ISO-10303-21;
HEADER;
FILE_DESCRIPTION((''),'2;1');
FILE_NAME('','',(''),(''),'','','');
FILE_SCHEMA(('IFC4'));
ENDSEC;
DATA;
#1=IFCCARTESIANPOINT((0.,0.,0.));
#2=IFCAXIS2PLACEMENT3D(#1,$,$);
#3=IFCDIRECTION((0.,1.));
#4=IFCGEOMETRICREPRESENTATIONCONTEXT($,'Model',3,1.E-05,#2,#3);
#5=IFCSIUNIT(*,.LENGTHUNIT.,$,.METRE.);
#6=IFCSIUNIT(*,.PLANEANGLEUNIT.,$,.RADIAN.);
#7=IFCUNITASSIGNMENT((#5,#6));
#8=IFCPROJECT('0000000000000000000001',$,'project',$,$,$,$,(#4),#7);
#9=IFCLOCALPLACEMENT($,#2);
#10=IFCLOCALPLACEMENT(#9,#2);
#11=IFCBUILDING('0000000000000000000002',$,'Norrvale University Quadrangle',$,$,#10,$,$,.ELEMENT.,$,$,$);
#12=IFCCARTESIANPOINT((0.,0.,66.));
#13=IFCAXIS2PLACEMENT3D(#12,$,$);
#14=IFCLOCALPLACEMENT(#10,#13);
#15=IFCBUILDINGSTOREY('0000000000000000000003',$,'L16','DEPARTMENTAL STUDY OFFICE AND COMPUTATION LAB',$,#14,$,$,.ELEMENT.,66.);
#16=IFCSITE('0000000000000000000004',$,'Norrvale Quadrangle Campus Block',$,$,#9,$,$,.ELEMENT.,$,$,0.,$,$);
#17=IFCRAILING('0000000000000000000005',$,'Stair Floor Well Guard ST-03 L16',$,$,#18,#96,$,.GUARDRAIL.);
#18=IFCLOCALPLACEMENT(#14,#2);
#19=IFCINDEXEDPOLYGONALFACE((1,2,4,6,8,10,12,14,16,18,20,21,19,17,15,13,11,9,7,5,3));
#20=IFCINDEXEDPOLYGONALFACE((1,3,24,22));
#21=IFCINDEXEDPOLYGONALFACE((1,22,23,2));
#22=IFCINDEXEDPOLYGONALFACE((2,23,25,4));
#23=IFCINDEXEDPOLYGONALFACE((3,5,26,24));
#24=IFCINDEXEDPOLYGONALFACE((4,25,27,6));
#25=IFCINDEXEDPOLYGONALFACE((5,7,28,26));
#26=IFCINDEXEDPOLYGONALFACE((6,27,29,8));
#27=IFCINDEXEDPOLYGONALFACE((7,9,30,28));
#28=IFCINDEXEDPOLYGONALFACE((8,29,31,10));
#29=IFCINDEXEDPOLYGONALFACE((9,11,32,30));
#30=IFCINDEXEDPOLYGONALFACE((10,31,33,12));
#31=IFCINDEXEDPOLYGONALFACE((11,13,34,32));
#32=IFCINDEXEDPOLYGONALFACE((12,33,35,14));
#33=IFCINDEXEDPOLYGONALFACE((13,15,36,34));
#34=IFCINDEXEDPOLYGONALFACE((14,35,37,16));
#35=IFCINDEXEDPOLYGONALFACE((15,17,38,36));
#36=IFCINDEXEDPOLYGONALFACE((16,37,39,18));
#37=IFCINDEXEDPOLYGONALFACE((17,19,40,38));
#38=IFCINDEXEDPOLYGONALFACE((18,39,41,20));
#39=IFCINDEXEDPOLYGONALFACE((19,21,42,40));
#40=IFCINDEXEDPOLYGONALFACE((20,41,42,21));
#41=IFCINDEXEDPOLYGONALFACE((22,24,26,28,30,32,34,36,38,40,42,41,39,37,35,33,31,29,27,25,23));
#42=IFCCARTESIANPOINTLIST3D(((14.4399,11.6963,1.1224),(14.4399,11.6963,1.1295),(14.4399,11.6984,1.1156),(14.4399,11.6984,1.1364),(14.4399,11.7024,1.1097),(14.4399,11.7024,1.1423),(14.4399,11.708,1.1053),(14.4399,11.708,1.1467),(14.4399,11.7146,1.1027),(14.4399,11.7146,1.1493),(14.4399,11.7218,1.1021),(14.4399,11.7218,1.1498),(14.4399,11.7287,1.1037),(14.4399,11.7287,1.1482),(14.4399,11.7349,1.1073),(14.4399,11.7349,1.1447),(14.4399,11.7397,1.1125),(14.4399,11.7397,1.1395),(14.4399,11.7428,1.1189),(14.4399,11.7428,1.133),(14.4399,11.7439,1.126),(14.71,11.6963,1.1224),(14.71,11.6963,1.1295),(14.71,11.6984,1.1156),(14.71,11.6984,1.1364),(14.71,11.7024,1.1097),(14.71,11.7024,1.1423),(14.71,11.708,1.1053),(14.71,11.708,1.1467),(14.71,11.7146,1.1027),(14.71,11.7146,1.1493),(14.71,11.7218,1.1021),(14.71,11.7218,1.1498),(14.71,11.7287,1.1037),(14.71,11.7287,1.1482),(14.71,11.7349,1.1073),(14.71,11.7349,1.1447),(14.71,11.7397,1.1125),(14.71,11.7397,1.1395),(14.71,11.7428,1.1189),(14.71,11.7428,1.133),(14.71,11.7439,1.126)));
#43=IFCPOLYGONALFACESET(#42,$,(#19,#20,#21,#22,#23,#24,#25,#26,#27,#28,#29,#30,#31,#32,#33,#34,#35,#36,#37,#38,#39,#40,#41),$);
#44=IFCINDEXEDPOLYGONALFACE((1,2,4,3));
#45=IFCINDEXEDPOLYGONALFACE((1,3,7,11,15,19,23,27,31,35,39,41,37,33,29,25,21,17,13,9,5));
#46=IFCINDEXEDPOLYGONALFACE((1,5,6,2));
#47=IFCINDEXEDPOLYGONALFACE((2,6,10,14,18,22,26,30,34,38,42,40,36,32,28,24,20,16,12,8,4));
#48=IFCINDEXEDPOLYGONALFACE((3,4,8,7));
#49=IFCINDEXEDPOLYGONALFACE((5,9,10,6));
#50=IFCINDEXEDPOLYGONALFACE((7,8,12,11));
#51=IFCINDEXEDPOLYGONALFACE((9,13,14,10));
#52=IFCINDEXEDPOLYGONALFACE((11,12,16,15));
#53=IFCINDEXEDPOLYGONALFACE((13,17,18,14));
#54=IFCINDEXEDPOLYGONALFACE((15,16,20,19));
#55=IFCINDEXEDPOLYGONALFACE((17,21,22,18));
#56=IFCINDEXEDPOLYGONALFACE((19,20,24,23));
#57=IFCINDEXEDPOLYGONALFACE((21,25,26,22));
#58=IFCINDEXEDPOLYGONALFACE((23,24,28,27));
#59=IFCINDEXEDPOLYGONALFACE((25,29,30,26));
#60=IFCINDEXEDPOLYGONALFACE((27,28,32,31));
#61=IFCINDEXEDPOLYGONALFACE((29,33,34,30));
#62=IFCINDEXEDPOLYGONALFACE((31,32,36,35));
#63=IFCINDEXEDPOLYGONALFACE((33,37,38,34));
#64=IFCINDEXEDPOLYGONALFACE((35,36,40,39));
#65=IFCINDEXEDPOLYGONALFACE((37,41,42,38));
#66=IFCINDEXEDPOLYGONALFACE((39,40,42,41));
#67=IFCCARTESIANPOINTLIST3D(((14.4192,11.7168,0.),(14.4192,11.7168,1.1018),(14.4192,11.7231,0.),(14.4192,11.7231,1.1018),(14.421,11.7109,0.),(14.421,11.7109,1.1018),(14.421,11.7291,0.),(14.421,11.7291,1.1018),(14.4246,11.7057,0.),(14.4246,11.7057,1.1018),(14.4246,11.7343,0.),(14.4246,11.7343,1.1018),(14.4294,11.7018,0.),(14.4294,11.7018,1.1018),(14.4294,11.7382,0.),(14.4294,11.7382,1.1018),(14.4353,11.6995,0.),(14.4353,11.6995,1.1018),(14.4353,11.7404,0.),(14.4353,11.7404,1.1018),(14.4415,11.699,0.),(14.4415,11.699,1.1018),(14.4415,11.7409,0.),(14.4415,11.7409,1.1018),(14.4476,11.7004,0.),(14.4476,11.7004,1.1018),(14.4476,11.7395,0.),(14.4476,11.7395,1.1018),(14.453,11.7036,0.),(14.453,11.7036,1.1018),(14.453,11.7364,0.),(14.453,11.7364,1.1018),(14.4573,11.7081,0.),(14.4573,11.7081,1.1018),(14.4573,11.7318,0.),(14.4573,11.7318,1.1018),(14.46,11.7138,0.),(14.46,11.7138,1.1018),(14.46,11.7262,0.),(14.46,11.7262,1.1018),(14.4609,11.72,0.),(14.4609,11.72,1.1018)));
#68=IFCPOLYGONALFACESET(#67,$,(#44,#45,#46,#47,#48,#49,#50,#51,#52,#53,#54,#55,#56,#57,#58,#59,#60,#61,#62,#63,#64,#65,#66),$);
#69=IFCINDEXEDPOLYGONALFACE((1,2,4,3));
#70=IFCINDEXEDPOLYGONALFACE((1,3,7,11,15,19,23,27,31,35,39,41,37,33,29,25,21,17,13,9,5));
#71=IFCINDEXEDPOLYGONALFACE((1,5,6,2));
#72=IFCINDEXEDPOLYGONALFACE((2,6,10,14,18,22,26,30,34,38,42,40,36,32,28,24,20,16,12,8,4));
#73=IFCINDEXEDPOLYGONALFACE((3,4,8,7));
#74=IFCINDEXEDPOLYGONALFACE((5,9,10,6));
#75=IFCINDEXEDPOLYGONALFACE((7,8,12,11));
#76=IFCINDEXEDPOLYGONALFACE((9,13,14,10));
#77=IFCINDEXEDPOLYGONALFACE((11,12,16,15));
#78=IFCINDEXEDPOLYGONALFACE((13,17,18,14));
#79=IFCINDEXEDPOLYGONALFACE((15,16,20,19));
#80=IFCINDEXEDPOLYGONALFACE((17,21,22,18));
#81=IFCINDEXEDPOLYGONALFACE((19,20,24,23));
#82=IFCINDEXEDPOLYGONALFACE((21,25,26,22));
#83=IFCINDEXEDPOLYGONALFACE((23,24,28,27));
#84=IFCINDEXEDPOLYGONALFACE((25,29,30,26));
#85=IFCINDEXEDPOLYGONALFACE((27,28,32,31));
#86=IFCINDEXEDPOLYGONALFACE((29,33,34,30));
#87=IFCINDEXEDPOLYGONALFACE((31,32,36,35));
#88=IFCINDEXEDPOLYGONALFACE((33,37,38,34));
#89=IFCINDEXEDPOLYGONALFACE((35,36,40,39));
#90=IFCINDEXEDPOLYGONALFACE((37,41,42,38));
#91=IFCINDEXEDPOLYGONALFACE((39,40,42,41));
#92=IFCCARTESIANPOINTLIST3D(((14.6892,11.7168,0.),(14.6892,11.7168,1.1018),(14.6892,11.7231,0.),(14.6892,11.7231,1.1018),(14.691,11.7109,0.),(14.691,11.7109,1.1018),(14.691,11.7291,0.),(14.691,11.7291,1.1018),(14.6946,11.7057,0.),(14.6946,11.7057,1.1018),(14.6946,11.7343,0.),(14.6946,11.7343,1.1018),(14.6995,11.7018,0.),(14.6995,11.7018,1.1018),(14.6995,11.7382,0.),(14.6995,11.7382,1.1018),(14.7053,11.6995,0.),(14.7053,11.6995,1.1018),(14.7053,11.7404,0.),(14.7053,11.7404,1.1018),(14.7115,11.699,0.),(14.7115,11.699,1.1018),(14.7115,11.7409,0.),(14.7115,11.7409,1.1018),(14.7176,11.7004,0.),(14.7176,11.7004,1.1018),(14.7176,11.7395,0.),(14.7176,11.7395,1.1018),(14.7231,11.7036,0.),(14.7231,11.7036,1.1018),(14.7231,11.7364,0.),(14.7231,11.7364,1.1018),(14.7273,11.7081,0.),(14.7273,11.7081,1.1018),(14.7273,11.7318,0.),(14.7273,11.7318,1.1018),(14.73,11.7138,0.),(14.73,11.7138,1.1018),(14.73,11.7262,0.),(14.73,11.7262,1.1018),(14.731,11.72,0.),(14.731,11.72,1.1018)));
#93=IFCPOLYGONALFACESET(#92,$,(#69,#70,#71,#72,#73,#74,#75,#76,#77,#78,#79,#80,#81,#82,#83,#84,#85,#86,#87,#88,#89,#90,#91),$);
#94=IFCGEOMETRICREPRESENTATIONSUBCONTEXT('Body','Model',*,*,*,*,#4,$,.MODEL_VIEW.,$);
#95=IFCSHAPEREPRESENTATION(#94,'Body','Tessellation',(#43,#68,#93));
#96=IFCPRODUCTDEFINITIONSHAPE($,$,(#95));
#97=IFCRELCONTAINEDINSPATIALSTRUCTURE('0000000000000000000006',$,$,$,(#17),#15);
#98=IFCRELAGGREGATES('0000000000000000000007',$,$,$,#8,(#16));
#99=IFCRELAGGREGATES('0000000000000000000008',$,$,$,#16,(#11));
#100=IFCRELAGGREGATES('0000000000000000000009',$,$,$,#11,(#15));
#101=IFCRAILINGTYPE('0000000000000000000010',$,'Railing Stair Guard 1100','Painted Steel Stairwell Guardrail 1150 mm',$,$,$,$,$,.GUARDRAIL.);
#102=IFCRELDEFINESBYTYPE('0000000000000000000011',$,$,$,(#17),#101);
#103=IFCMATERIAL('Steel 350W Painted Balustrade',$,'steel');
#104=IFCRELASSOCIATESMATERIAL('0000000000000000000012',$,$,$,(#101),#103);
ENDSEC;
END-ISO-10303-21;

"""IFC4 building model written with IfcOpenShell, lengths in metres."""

from ifc_helpers import new_model, si_unit, direction, frame, origin, origin_2d, place, context, subcontext, project, spatial, circle, extrude, material, type_object, element, save


model = new_model("IFC4")

# Units and contexts
model_context = context("Model", 3, precision=1e-05, world=origin(), true_north=direction((0.0, 1.0)))
body_context = subcontext(model_context, "Body", "Model", "MODEL_VIEW")
ifc_project = project(units=[si_unit("LENGTHUNIT", "METRE"), si_unit("PLANEANGLEUNIT", "RADIAN")], contexts=[model_context])

# Site, building, storey
site_placement = place(None, origin())
site = spatial("IfcSite", under=ifc_project, at=site_placement, Name="Norrvale Quadrangle Campus Block", CompositionType="ELEMENT", RefElevation=0.0)
building_placement = place(site_placement, origin())
building = spatial("IfcBuilding", under=site, at=building_placement, Name="Norrvale University Quadrangle", CompositionType="ELEMENT")
storey_placement = place(building_placement, frame((0.0, 0.0, 66.0)))
storey = spatial("IfcBuildingStorey", under=building, at=storey_placement, Name="L16", Description="DEPARTMENTAL STUDY OFFICE AND COMPUTATION LAB", CompositionType="ELEMENT", Elevation=66.0)

# Railing
ifc_material_1 = material(Name="Steel 350W Painted Balustrade", Category="steel")
railing_type = type_object("IfcRailingType", Name="Railing Stair Guard 1100", Description="Painted Steel Stairwell Guardrail 1150 mm", PredefinedType="GUARDRAIL", material=ifc_material_1)
railing_placement = place(storey_placement, frame((14.4399, 11.72, 0.0)))
element("IfcRailing", 1, at=railing_placement, inside=storey, type_object=railing_type, Name="Stair Floor Well Guard ST-03 L16", PredefinedType="GUARDRAIL", context=body_context, shape_type="SweptSolid", body=[
    extrude(circle(Radius=0.0239, at=origin_2d()), frame((0.0, 0.0, 1.126), z_axis=(1.0, 0.0, 0.0), x_axis=(0.0, 1.0, 0.0)), (0.0, 0.0, 1.0), 0.27),
    extrude(circle(Radius=0.021, at=origin_2d()), origin(), (0.0, 0.0, 1.0), 1.1018),
    extrude(circle(Radius=0.021, at=origin_2d()), frame((0.27, 0.0, 0.0)), (0.0, 0.0, 1.0), 1.1018),
])

save(model, "model.ifc")
